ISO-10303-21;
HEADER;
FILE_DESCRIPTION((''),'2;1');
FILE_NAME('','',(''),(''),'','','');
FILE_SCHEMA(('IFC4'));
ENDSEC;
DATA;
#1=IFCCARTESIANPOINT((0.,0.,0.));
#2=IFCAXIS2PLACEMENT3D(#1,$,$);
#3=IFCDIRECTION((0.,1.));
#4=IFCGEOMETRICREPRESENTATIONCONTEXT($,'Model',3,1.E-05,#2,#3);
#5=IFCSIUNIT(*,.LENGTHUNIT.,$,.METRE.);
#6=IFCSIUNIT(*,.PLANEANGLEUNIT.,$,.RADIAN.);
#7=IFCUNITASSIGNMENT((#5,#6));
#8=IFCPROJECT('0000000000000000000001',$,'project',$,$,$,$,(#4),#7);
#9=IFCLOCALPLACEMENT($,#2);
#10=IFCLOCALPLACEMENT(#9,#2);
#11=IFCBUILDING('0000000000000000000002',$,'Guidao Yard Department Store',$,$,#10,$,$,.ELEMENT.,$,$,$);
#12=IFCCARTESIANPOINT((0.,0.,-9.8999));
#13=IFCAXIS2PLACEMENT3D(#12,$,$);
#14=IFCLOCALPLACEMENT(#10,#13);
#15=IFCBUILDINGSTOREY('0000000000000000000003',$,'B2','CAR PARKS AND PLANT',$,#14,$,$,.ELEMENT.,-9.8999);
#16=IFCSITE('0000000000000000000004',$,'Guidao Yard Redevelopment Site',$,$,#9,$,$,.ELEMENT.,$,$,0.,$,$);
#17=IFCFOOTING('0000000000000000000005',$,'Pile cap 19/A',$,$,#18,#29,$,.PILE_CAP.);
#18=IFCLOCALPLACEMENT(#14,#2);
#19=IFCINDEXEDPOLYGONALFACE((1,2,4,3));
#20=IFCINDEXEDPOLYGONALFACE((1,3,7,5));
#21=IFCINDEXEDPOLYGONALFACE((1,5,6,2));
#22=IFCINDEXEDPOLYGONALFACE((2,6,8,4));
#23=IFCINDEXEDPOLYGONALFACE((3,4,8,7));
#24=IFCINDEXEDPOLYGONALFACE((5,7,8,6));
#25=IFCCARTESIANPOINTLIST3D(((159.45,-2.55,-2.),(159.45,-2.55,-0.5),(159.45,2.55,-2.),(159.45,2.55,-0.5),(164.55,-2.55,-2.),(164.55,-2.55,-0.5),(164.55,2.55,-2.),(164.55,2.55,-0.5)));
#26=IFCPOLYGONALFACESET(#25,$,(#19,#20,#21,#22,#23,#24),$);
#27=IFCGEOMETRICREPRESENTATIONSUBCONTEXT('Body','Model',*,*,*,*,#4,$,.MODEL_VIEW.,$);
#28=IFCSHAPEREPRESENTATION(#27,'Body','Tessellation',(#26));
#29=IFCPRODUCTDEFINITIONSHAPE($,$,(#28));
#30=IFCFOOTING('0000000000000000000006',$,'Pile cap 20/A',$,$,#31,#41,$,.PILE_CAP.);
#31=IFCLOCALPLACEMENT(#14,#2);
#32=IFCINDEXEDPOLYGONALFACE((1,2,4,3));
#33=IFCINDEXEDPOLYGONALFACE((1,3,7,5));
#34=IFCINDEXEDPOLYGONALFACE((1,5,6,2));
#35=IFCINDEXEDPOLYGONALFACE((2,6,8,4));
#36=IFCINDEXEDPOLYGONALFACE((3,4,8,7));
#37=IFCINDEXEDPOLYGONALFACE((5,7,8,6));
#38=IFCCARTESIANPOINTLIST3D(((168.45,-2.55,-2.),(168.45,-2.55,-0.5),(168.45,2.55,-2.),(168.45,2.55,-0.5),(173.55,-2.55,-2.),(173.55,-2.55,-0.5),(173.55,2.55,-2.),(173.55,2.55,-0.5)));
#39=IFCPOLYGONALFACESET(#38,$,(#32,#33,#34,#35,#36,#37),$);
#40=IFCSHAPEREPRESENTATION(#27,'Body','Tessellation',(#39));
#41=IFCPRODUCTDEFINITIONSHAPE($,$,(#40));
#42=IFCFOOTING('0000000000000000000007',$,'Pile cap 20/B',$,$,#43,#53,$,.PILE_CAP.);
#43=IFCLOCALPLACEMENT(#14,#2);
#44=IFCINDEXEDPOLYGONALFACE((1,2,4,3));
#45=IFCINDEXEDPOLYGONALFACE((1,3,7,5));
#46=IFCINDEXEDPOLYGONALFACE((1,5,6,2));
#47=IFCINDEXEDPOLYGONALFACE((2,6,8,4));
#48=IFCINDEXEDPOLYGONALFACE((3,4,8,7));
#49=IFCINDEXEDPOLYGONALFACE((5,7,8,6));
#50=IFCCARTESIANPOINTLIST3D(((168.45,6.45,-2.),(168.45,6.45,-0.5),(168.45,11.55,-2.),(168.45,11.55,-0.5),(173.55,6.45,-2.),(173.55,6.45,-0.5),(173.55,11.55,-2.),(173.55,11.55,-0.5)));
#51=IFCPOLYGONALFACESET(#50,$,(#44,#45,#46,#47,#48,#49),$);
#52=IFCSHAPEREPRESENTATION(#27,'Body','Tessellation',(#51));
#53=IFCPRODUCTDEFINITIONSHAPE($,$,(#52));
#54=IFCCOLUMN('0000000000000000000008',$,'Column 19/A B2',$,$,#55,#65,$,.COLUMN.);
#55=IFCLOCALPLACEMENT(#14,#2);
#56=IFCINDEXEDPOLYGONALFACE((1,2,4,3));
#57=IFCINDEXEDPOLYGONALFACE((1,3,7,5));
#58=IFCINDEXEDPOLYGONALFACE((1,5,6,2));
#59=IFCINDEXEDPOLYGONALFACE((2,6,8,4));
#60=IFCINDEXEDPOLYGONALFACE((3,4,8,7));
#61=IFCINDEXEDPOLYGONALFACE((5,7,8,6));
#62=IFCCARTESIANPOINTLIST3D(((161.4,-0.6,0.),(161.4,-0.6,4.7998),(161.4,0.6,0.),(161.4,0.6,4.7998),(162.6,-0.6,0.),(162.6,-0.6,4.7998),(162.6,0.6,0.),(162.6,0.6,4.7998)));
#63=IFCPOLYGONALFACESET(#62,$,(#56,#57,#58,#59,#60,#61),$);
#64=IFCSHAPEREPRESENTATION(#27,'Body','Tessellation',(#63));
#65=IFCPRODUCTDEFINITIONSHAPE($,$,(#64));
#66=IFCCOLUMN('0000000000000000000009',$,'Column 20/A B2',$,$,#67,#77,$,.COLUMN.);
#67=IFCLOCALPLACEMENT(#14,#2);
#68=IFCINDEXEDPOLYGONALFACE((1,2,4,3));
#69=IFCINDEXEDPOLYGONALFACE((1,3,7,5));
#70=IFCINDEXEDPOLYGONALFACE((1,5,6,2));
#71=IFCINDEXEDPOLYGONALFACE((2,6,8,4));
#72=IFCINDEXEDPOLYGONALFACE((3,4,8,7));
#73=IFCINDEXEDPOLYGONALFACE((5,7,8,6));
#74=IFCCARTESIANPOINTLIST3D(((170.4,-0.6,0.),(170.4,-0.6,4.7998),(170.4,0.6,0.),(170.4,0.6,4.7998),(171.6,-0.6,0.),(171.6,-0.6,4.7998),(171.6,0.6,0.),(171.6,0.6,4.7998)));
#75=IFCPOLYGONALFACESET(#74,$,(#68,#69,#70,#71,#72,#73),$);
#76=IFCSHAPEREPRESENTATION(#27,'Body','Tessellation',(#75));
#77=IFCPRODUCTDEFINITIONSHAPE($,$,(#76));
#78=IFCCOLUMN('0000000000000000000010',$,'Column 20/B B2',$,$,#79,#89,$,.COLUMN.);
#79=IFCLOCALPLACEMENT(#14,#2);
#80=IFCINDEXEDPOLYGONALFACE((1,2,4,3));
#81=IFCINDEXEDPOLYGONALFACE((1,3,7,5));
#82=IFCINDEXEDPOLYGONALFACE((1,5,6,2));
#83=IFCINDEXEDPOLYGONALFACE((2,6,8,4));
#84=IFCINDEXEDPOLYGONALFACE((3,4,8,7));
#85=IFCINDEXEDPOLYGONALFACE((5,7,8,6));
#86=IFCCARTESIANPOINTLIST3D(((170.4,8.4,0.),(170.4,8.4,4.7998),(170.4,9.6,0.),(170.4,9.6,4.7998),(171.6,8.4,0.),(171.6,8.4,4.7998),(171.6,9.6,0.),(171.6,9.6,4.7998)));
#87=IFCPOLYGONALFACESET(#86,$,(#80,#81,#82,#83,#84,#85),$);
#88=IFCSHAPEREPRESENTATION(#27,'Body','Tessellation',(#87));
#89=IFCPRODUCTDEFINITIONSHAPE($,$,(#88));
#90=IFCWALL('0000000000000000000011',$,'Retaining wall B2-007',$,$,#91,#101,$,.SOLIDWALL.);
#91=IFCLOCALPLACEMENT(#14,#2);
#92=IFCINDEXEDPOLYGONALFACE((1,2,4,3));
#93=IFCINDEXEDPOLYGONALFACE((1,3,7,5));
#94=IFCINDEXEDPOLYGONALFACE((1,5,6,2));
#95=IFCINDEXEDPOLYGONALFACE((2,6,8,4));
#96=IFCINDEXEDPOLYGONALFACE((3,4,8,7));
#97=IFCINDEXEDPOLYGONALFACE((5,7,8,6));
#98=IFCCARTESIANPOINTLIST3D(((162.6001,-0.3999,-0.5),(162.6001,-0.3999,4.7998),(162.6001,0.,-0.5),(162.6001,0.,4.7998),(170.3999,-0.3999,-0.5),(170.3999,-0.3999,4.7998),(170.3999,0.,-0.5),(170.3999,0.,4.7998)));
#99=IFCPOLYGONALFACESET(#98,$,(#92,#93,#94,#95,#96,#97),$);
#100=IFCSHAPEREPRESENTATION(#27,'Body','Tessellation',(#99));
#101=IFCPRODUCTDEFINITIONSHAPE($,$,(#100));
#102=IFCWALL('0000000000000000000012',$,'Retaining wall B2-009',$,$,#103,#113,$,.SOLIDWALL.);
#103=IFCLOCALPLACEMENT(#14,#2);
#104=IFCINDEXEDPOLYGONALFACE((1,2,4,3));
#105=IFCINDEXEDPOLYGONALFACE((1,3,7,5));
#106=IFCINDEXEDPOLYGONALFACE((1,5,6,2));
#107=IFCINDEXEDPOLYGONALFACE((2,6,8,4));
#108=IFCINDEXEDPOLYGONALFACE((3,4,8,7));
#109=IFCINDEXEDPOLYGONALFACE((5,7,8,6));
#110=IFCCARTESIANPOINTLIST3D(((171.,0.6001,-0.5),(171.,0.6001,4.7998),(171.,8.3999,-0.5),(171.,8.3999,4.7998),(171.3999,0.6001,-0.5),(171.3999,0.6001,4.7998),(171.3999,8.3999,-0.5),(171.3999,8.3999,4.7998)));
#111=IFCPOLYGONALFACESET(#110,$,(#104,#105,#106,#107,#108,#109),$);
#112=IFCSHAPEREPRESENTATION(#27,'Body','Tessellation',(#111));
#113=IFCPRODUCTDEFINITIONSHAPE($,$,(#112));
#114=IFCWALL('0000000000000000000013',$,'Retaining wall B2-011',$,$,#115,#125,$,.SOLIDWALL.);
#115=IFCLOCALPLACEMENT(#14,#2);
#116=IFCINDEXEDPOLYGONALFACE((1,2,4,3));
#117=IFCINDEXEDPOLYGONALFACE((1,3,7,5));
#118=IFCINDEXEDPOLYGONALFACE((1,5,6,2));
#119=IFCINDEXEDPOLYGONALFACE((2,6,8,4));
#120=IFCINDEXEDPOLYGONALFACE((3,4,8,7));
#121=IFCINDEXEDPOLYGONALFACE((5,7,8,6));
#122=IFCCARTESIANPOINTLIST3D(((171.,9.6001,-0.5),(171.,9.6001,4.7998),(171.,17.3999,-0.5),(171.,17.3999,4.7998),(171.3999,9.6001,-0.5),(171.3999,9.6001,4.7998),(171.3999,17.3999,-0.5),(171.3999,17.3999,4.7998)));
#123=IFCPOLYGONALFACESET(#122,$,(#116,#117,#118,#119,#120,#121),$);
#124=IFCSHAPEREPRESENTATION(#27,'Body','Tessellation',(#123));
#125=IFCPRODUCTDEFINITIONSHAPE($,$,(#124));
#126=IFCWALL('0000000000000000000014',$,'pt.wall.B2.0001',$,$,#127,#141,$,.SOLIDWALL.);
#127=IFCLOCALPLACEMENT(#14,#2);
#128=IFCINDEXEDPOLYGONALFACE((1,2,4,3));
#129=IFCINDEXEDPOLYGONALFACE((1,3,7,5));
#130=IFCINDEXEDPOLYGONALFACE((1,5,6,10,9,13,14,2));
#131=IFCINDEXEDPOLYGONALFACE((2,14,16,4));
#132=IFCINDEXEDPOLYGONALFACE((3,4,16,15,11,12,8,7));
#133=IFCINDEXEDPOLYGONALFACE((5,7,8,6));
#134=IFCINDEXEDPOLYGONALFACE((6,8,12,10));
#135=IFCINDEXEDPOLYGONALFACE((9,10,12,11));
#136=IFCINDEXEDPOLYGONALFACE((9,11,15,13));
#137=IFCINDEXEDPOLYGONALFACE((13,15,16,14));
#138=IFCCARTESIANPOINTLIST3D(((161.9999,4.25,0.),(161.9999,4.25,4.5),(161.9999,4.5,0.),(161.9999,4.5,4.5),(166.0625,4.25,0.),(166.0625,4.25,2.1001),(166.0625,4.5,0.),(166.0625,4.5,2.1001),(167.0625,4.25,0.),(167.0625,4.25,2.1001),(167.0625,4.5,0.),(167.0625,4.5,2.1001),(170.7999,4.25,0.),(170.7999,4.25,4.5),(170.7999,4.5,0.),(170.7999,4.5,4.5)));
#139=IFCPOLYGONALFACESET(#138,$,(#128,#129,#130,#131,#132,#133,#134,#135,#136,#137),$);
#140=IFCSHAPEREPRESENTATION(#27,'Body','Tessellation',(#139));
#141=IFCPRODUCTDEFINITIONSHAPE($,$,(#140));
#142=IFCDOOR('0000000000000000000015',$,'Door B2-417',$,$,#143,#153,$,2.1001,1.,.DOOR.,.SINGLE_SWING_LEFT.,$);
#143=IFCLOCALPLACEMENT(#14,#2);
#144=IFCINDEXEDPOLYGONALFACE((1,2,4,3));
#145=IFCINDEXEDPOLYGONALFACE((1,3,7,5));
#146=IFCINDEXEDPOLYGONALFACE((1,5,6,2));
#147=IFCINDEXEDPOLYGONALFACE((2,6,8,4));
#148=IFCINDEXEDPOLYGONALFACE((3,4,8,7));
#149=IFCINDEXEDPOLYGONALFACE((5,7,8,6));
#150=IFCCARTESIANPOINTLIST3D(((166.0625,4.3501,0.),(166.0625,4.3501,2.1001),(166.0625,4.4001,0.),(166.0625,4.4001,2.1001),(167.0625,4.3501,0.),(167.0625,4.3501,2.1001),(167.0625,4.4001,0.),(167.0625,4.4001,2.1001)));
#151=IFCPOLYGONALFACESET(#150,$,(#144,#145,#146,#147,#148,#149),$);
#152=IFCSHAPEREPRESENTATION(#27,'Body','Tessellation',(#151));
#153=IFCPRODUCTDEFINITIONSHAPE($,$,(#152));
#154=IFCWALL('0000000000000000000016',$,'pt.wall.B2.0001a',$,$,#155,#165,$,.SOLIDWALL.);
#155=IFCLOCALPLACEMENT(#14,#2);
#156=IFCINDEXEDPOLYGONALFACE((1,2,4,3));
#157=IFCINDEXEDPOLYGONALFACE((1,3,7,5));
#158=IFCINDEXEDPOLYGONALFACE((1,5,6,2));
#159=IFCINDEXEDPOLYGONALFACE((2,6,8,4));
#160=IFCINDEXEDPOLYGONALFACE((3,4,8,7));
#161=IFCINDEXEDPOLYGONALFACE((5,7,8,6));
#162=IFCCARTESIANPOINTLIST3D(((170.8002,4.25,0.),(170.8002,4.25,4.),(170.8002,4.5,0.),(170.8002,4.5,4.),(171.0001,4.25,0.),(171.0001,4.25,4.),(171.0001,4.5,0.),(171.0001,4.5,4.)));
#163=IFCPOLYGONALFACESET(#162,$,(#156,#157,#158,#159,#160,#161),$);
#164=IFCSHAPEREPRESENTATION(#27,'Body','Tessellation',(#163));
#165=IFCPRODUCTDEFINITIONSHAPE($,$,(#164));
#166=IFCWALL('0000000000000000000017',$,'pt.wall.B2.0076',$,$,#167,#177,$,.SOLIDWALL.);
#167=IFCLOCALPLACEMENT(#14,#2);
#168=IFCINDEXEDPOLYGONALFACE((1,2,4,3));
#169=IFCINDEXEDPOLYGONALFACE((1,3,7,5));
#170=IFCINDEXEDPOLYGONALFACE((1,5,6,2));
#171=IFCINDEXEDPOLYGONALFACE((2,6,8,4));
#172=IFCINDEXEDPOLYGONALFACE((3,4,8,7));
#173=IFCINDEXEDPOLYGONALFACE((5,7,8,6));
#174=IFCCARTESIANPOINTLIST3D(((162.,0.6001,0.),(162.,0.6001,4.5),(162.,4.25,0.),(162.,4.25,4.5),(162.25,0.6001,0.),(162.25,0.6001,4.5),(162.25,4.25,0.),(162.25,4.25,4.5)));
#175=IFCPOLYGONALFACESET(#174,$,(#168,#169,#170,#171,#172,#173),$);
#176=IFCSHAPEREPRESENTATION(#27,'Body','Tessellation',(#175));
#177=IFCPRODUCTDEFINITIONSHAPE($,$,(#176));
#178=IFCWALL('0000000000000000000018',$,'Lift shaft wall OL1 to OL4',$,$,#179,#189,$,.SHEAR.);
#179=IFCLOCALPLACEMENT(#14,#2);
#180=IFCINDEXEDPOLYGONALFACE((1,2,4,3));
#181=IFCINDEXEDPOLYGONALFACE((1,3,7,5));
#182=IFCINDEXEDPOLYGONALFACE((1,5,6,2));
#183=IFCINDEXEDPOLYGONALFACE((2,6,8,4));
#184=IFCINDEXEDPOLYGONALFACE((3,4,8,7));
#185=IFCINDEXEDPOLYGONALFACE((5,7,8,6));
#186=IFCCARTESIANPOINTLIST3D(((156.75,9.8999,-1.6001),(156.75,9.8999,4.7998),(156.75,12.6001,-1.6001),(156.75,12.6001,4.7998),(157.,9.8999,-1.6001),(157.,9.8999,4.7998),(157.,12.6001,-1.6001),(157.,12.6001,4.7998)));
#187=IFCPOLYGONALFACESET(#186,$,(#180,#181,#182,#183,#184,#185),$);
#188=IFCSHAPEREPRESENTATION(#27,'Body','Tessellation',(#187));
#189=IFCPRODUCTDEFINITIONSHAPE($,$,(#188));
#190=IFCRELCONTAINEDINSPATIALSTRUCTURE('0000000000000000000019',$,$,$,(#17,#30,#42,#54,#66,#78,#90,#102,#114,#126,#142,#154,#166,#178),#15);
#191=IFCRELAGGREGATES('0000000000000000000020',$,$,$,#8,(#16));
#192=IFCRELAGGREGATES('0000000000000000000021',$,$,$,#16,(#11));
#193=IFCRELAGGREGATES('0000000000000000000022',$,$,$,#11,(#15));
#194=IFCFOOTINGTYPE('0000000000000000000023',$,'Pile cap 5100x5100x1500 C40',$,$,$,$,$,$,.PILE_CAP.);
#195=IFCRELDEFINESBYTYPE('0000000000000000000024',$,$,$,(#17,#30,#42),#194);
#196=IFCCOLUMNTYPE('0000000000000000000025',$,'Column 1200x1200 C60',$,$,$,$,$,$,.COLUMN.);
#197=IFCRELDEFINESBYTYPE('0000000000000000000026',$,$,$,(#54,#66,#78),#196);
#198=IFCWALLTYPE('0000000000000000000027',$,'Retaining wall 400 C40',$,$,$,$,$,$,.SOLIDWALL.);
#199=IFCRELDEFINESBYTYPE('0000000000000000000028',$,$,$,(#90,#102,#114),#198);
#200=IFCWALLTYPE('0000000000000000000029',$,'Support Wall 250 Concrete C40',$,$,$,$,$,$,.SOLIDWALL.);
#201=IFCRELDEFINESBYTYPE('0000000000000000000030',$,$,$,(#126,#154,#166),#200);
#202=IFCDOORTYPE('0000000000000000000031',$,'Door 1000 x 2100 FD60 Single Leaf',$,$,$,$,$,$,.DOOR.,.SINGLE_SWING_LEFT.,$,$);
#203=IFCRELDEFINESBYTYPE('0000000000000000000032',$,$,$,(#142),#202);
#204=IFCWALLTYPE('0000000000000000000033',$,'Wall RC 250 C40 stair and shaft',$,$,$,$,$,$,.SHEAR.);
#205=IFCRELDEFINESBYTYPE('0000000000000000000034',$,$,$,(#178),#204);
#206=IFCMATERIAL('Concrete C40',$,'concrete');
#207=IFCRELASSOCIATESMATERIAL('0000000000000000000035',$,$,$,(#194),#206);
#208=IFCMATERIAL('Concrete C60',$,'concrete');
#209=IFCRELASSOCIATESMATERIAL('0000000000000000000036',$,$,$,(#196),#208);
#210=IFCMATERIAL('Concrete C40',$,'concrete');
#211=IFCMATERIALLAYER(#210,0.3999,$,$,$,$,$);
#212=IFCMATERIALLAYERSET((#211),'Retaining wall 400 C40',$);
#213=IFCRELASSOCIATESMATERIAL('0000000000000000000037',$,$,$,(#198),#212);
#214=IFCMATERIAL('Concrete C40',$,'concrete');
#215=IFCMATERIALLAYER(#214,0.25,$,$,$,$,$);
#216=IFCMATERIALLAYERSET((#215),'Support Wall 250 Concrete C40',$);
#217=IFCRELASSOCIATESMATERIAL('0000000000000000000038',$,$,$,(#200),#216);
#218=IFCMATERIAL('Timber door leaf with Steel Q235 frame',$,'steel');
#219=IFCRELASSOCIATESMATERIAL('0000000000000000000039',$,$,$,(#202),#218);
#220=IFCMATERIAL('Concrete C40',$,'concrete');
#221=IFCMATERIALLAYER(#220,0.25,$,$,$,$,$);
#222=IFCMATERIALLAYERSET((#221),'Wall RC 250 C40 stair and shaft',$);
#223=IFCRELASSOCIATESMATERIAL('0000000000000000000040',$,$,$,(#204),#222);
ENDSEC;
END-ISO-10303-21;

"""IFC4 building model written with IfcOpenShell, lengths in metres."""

from ifc_helpers import new_model, si_unit, direction, frame, frame_2d, origin, origin_2d, place, context, subcontext, project, spatial, rectangle, extrude, material, layer, layer_set, material_profile, profile_set, type_object, element, fill, save


model = new_model("IFC4")

# Units and contexts
model_context = context("Model", 3, precision=1e-05, world=origin(), true_north=direction((0.0, 1.0)))
body_context = subcontext(model_context, "Body", "Model", "MODEL_VIEW")
ifc_project = project(units=[si_unit("LENGTHUNIT", "METRE"), si_unit("PLANEANGLEUNIT", "RADIAN")], contexts=[model_context])

# Site, building, storey
site_placement = place(None, origin())
site = spatial("IfcSite", under=ifc_project, at=site_placement, Name="Guidao Yard Redevelopment Site", CompositionType="ELEMENT", RefElevation=0.0)
building_placement = place(site_placement, origin())
building = spatial("IfcBuilding", under=site, at=building_placement, Name="Guidao Yard Department Store", CompositionType="ELEMENT")
storey_placement = place(building_placement, frame((0.0, 0.0, -9.8999)))
storey = spatial("IfcBuildingStorey", under=building, at=storey_placement, Name="B2", Description="CAR PARKS AND PLANT", CompositionType="ELEMENT", Elevation=-9.8999)

# Footings
ifc_material_1 = material(Name="Concrete C40", Category="concrete")
footing_type = type_object("IfcFootingType", Name="Pile cap 5100x5100x1500 C40", PredefinedType="PILE_CAP", material=ifc_material_1)
for number, where, z_axis, x_axis, name in (
    (1, (162.0, 0.0, -2.0), (0.0, 0.0, 1.0), (1.0, 0.0, 0.0), "Pile cap 19/A"),
    (2, (171.0, 0.0, -2.0), (0.0, 0.0, 1.0), (1.0, 0.0, 0.0), "Pile cap 20/A"),
    (3, (171.0, 9.0, -2.0), (0.0, 0.0, 1.0), (1.0, 0.0, 0.0), "Pile cap 20/B"),
):
    element("IfcFooting", number, at=place(storey_placement, frame(where, z_axis=z_axis, x_axis=x_axis)), inside=storey, type_object=footing_type, Name=name, PredefinedType="PILE_CAP", context=body_context, shape_type="SweptSolid", body=[
        extrude(rectangle(XDim=5.1001, YDim=5.1001, at=origin_2d()), origin(), (0.0, 0.0, 1.0), 1.5),
    ])

# Columns
ifc_material_2 = material(Name="Concrete C60", Category="concrete")
ifc_material_profile_1 = material_profile(ifc_material_2, rectangle(XDim=1.2, YDim=1.2, at=origin_2d()), Name="COL 1200x1200")
ifc_profile_set_1 = profile_set([ifc_material_profile_1], Name="Concrete C60")
column_type = type_object("IfcColumnType", Name="Column 1200x1200 C60", PredefinedType="COLUMN", material=ifc_profile_set_1)
for number, where, z_axis, x_axis, name in (
    (4, (162.0, 0.0, 0.0), (0.0, 0.0, 1.0), (1.0, 0.0, 0.0), "Column 19/A B2"),
    (5, (171.0, 0.0, 0.0), (0.0, 0.0, 1.0), (1.0, 0.0, 0.0), "Column 20/A B2"),
    (6, (171.0, 9.0, 0.0), (0.0, 0.0, 1.0), (1.0, 0.0, 0.0), "Column 20/B B2"),
):
    element("IfcColumn", number, at=place(storey_placement, frame(where, z_axis=z_axis, x_axis=x_axis)), inside=storey, type_object=column_type, Name=name, PredefinedType="COLUMN", context=body_context, shape_type="SweptSolid", body=[
        extrude(rectangle(XDim=1.2, YDim=1.2, at=origin_2d()), origin(), (0.0, 0.0, 1.0), 4.7998),
    ])

# Walls
ifc_material_3 = material(Name="Concrete C40", Category="concrete")
ifc_layer_1 = layer(ifc_material_3, 0.3999)
ifc_layer_set_1 = layer_set([ifc_layer_1], Name="Retaining wall 400 C40")
wall_type_1 = type_object("IfcWallType", Name="Retaining wall 400 C40", PredefinedType="SOLIDWALL", material=ifc_layer_set_1)
for number, where, z_axis, x_axis, name in (
    (7, (162.6001, -0.2, -0.5), (0.0, 0.0, 1.0), (1.0, 0.0, 0.0), "Retaining wall B2-007"),
    (8, (171.2, 0.6001, -0.5), (0.0, 0.0, 1.0), (0.0, 1.0, 0.0), "Retaining wall B2-009"),
    (9, (171.2, 9.6001, -0.5), (0.0, 0.0, 1.0), (0.0, 1.0, 0.0), "Retaining wall B2-011"),
):
    element("IfcWall", number, at=place(storey_placement, frame(where, z_axis=z_axis, x_axis=x_axis)), inside=storey, type_object=wall_type_1, Name=name, PredefinedType="SOLIDWALL", context=body_context, shape_type="SweptSolid", body=[
        extrude(rectangle(XDim=7.7998, YDim=0.3999, at=frame_2d((3.8999, 0.0))), origin(), (0.0, 0.0, 1.0), 5.2998),
    ])

# Wall, opening, door
ifc_material_4 = material(Name="Concrete C40", Category="concrete")
ifc_layer_2 = layer(ifc_material_4, 0.25)
ifc_layer_set_2 = layer_set([ifc_layer_2], Name="Support Wall 250 Concrete C40")
wall_type_2 = type_object("IfcWallType", Name="Support Wall 250 Concrete C40", PredefinedType="SOLIDWALL", material=ifc_layer_set_2)
wall_1_placement = place(storey_placement, frame((162.0, 4.375, 0.0), z_axis=(0.0, 0.0, 1.0), x_axis=(1.0, 0.0, 0.0)))
wall_1 = element("IfcWall", 10, at=wall_1_placement, inside=storey, type_object=wall_type_2, Name="pt.wall.B2.0001", PredefinedType="SOLIDWALL", context=body_context, shape_type="SweptSolid", body=[
    extrude(rectangle(XDim=8.8, YDim=0.25, at=frame_2d((4.3999, 0.0))), origin(), (0.0, 0.0, 1.0), 4.5),
])
opening_1_placement = place(wall_1_placement, frame((5.0625, 0.0, 0.0), z_axis=(0.0, 0.0, 1.0), x_axis=(-1.0, 0.0, 0.0)))
opening_1 = element("IfcOpeningElement", 11, at=opening_1_placement, cuts=wall_1, PredefinedType="OPENING", context=body_context, shape_type="SweptSolid", body=[
    extrude(rectangle(XDim=1.0, YDim=2.1001, at=frame_2d((0.5, 1.05))), frame((0.0, 0.135, 0.0), z_axis=(0.0, -1.0, 0.0), x_axis=(1.0, 0.0, 0.0)), (0.0, 0.0, 1.0), 0.27),
])
ifc_material_5 = material(Name="Timber door leaf with Steel Q235 frame", Category="steel")
door_type_1 = type_object("IfcDoorType", Name="Door 1000 x 2100 FD60 Single Leaf", OperationType="SINGLE_SWING_LEFT", PredefinedType="DOOR", material=ifc_material_5)
door_1_placement = place(opening_1_placement, origin())
door_1 = element("IfcDoor", 12, at=door_1_placement, inside=storey, type_object=door_type_1, Name="Door B2-417", OperationType="SINGLE_SWING_LEFT", OverallHeight=2.1001, OverallWidth=1.0, PredefinedType="DOOR", context=body_context, shape_type="SweptSolid", body=[
    extrude(rectangle(XDim=1.0, YDim=2.1001, at=frame_2d((0.5, 1.05))), frame((0.0, 0.0249, 0.0), z_axis=(0.0, -1.0, 0.0), x_axis=(1.0, 0.0, 0.0)), (0.0, 0.0, 1.0), 0.05),
])
fill(opening_1, door_1)

# Walls
wall_2_placement = place(storey_placement, frame((170.8, 4.375, 0.0), z_axis=(0.0, 0.0, 1.0), x_axis=(1.0, 0.0, 0.0)))
element("IfcWall", 13, at=wall_2_placement, inside=storey, type_object=wall_type_2, Name="pt.wall.B2.0001a", PredefinedType="SOLIDWALL", context=body_context, shape_type="SweptSolid", body=[
    extrude(rectangle(XDim=0.2, YDim=0.25, at=frame_2d((0.1001, 0.0))), origin(), (0.0, 0.0, 1.0), 4.0),
])
wall_3_placement = place(storey_placement, frame((162.125, 0.6001, 0.0), z_axis=(0.0, 0.0, 1.0), x_axis=(0.0, 1.0, 0.0)))
element("IfcWall", 14, at=wall_3_placement, inside=storey, type_object=wall_type_2, Name="pt.wall.B2.0076", PredefinedType="SOLIDWALL", context=body_context, shape_type="SweptSolid", body=[
    extrude(rectangle(XDim=3.6499, YDim=0.25, at=frame_2d((1.825, 0.0))), origin(), (0.0, 0.0, 1.0), 4.5),
])
ifc_material_6 = material(Name="Concrete C40", Category="concrete")
ifc_layer_3 = layer(ifc_material_6, 0.25)
ifc_layer_set_3 = layer_set([ifc_layer_3], Name="Wall RC 250 C40 stair and shaft")
wall_type_3 = type_object("IfcWallType", Name="Wall RC 250 C40 stair and shaft", PredefinedType="SHEAR", material=ifc_layer_set_3)
wall_4_placement = place(storey_placement, frame((156.875, 9.8999, -1.6001), z_axis=(0.0, 0.0, 1.0), x_axis=(0.0, 1.0, 0.0)))
element("IfcWall", 15, at=wall_4_placement, inside=storey, type_object=wall_type_3, Name="Lift shaft wall OL1 to OL4", PredefinedType="SHEAR", context=body_context, shape_type="SweptSolid", body=[
    extrude(rectangle(XDim=2.7002, YDim=0.25, at=frame_2d((1.3501, 0.0))), origin(), (0.0, 0.0, 1.0), 6.3999),
])

save(model, "model.ifc")
